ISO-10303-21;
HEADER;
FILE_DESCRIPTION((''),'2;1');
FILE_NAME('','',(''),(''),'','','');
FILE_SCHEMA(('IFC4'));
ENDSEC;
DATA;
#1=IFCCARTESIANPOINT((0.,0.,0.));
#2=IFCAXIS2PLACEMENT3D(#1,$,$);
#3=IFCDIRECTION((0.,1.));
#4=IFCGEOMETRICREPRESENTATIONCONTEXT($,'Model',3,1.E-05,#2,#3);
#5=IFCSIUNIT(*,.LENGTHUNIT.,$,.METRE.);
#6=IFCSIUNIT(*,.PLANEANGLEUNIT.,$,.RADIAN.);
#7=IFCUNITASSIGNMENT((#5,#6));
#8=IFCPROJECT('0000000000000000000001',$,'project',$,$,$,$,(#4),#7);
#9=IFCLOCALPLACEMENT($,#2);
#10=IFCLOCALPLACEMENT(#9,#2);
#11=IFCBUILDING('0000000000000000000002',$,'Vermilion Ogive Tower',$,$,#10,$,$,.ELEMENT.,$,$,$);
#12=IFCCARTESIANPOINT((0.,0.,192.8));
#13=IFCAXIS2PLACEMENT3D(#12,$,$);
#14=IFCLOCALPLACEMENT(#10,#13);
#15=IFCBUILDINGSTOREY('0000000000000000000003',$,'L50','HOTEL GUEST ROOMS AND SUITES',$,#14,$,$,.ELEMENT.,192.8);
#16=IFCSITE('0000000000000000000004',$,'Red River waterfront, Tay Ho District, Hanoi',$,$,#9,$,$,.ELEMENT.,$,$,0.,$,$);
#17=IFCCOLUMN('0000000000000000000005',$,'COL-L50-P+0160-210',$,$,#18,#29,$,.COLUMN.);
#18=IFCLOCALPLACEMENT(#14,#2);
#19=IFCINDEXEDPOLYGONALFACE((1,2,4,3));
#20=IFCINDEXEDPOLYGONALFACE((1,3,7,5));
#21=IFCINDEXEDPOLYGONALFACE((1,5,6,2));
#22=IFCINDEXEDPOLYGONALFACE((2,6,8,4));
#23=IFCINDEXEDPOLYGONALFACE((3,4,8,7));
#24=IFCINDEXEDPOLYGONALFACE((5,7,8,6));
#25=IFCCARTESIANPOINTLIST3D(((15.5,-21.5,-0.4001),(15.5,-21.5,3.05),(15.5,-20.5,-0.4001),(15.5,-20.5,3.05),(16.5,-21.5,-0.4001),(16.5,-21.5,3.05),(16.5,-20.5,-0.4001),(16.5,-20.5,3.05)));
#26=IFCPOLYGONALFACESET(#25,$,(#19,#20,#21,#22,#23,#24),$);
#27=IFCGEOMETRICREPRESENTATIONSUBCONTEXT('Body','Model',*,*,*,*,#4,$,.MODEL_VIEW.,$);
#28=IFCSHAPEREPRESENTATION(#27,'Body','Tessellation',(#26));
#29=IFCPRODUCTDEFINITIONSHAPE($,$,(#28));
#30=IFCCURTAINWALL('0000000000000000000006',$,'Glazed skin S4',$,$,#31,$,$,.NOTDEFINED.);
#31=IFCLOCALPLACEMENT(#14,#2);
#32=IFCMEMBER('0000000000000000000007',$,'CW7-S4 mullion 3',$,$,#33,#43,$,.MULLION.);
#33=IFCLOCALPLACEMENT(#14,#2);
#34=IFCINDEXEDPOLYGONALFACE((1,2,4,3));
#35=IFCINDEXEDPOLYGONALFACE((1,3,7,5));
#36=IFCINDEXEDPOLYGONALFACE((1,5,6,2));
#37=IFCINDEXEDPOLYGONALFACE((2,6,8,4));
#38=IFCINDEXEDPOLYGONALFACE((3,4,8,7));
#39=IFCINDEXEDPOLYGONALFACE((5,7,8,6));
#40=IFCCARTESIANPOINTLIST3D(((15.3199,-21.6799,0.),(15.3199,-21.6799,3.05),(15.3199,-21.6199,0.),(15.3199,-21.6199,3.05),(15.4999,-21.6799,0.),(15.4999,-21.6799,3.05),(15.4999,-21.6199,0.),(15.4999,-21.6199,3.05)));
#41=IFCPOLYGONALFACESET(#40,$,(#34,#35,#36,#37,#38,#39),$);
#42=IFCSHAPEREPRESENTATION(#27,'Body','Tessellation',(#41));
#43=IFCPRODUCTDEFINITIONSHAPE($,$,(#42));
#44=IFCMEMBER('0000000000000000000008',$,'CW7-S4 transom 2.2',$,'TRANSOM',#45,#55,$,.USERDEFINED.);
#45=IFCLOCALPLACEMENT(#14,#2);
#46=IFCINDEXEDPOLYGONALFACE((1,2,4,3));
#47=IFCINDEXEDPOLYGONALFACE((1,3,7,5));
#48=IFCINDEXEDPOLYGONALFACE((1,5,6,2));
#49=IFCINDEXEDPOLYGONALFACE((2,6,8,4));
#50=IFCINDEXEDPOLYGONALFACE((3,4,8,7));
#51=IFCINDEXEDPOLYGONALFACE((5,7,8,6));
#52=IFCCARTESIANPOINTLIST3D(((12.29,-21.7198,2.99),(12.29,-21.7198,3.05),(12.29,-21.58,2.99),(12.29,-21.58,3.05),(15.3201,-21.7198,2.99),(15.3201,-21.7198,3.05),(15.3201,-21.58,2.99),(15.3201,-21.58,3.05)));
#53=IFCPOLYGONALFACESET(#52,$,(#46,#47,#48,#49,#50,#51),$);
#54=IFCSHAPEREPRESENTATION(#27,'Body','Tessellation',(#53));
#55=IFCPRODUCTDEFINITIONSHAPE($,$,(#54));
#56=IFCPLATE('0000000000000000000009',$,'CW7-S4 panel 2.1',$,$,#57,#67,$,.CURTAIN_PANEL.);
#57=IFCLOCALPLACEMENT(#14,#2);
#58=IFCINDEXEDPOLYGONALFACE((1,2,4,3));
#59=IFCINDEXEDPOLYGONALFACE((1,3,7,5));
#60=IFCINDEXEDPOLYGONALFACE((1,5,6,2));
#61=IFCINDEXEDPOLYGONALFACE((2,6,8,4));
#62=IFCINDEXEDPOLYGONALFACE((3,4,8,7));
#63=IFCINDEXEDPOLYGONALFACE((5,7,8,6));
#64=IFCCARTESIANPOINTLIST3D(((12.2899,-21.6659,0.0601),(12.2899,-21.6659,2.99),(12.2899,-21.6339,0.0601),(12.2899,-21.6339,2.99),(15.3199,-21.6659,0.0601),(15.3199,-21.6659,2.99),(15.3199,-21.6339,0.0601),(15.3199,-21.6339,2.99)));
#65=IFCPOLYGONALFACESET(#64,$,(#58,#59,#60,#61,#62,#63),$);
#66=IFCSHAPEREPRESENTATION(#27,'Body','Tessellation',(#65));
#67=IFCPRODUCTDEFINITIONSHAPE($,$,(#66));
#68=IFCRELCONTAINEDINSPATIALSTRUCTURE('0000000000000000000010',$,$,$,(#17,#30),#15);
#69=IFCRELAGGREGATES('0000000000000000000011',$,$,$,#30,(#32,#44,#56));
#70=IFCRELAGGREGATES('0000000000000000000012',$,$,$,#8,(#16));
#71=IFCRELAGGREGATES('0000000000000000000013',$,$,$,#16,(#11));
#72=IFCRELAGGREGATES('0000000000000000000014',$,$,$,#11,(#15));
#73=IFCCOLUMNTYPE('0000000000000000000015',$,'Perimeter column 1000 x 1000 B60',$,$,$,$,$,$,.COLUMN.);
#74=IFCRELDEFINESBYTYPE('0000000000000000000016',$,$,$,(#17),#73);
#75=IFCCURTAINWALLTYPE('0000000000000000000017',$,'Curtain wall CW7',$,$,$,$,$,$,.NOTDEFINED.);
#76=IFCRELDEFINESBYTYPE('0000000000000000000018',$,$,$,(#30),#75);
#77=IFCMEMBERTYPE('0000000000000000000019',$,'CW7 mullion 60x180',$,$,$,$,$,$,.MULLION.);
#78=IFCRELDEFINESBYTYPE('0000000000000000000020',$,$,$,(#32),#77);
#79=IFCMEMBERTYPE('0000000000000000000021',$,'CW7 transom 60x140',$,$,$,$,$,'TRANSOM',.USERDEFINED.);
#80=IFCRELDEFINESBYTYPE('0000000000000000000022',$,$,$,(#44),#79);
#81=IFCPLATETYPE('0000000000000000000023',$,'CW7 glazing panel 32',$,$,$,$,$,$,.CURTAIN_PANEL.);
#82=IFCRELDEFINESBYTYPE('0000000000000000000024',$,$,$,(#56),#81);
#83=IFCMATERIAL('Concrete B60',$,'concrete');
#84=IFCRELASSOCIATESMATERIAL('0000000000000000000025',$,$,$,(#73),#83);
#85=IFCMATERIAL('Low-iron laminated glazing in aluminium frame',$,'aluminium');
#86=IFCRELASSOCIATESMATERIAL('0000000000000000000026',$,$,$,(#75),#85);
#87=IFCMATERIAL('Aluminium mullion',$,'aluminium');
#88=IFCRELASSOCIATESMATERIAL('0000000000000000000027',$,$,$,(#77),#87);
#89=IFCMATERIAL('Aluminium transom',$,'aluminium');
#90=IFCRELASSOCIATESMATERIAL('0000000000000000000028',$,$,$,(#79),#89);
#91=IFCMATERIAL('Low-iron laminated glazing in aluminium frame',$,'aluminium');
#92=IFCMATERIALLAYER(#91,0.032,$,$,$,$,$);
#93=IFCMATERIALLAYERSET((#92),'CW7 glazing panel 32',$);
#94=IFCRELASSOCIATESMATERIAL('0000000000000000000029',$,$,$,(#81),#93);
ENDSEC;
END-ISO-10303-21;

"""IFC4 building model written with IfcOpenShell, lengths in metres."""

from ifc_helpers import new_model, si_unit, direction, frame, origin, origin_2d, place, context, subcontext, project, spatial, rectangle, extrude, material, layer, layer_set, material_profile, profile_set, type_object, element, aggregate, save


model = new_model("IFC4")

# Units and contexts
model_context = context("Model", 3, precision=1e-05, world=origin(), true_north=direction((0.0, 1.0)))
body_context = subcontext(model_context, "Body", "Model", "MODEL_VIEW")
ifc_project = project(units=[si_unit("LENGTHUNIT", "METRE"), si_unit("PLANEANGLEUNIT", "RADIAN")], contexts=[model_context])

# Site, building, storey
site_placement = place(None, origin())
site = spatial("IfcSite", under=ifc_project, at=site_placement, Name="Red River waterfront, Tay Ho District, Hanoi", CompositionType="ELEMENT", RefElevation=0.0)
building_placement = place(site_placement, origin())
building = spatial("IfcBuilding", under=site, at=building_placement, Name="Vermilion Ogive Tower", CompositionType="ELEMENT")
storey_placement = place(building_placement, frame((0.0, 0.0, 192.8)))
storey = spatial("IfcBuildingStorey", under=building, at=storey_placement, Name="L50", Description="HOTEL GUEST ROOMS AND SUITES", CompositionType="ELEMENT", Elevation=192.8)

# Column
ifc_material_1 = material(Name="Concrete B60", Category="concrete")
ifc_material_profile_1 = material_profile(ifc_material_1, rectangle(XDim=1.0, YDim=1.0, at=origin_2d()), Name="1000 x 1000")
ifc_profile_set_1 = profile_set([ifc_material_profile_1], Name="Concrete B60")
column_type = type_object("IfcColumnType", Name="Perimeter column 1000 x 1000 B60", PredefinedType="COLUMN", material=ifc_profile_set_1)
column_placement = place(storey_placement, frame((16.0, -21.0, -0.4001), z_axis=(0.0, 0.0, 1.0), x_axis=(1.0, 0.0, 0.0)))
element("IfcColumn", 1, at=column_placement, inside=storey, type_object=column_type, Name="COL-L50-P+0160-210", PredefinedType="COLUMN", context=body_context, shape_type="SweptSolid", body=[
    extrude(rectangle(XDim=1.0, YDim=1.0, at=origin_2d()), origin(), (0.0, 0.0, 1.0), 3.4502),
])

# Curtain wall, members, plate
ifc_material_2 = material(Name="Low-iron laminated glazing in aluminium frame", Category="aluminium")
curtain_wall_type = type_object("IfcCurtainWallType", Name="Curtain wall CW7", PredefinedType="NOTDEFINED", material=ifc_material_2)
curtain_wall_placement = place(storey_placement, origin())
curtain_wall = element("IfcCurtainWall", 2, at=curtain_wall_placement, inside=storey, type_object=curtain_wall_type, Name="Glazed skin S4", PredefinedType="NOTDEFINED")
ifc_material_3 = material(Name="Aluminium mullion", Category="aluminium")
ifc_material_profile_2 = material_profile(ifc_material_3, rectangle(XDim=0.0601, YDim=0.1799, at=origin_2d()), Name="AL 60x180")
ifc_profile_set_2 = profile_set([ifc_material_profile_2], Name="Aluminium mullion")
member_type_1 = type_object("IfcMemberType", Name="CW7 mullion 60x180", PredefinedType="MULLION", material=ifc_profile_set_2)
member_1_placement = place(storey_placement, frame((15.4099, -21.6499, 0.0), z_axis=(0.0, 0.0, 1.0), x_axis=(0.0, 1.0, 0.0)))
member_1 = element("IfcMember", 3, at=member_1_placement, type_object=member_type_1, Name="CW7-S4 mullion 3", PredefinedType="MULLION", context=body_context, shape_type="SweptSolid", body=[
    extrude(rectangle(XDim=0.0601, YDim=0.1799, at=origin_2d()), origin(), (0.0, 0.0, 1.0), 3.05),
])
ifc_material_4 = material(Name="Aluminium transom", Category="aluminium")
ifc_material_profile_3 = material_profile(ifc_material_4, rectangle(XDim=0.1399, YDim=0.0601, at=origin_2d()), Name="AL 60x140")
ifc_profile_set_3 = profile_set([ifc_material_profile_3], Name="Aluminium transom")
member_type_2 = type_object("IfcMemberType", Name="CW7 transom 60x140", ElementType="TRANSOM", PredefinedType="USERDEFINED", material=ifc_profile_set_3)
member_2_placement = place(storey_placement, frame((12.29, -21.6499, 3.02), z_axis=(1.0, 0.0, 0.0), x_axis=(0.0, 1.0, 0.0)))
member_2 = element("IfcMember", 4, at=member_2_placement, type_object=member_type_2, Name="CW7-S4 transom 2.2", ObjectType="TRANSOM", PredefinedType="USERDEFINED", context=body_context, shape_type="SweptSolid", body=[
    extrude(rectangle(XDim=0.1399, YDim=0.0601, at=origin_2d()), origin(), (0.0, 0.0, 1.0), 3.03),
])
ifc_material_5 = material(Name="Low-iron laminated glazing in aluminium frame", Category="aluminium")
ifc_layer_1 = layer(ifc_material_5, 0.032)
ifc_layer_set_1 = layer_set([ifc_layer_1], Name="CW7 glazing panel 32")
plate_type = type_object("IfcPlateType", Name="CW7 glazing panel 32", PredefinedType="CURTAIN_PANEL", material=ifc_layer_set_1)
plate_placement = place(storey_placement, frame((13.8049, -21.6499, 0.0601), z_axis=(0.0, 0.0, 1.0), x_axis=(1.0, 0.0, 0.0)))
plate = element("IfcPlate", 5, at=plate_placement, type_object=plate_type, Name="CW7-S4 panel 2.1", PredefinedType="CURTAIN_PANEL", context=body_context, shape_type="SweptSolid", body=[
    extrude(rectangle(XDim=3.03, YDim=0.032, at=origin_2d()), origin(), (0.0, 0.0, 1.0), 2.9299),
])
aggregate(curtain_wall, [member_1, member_2, plate])

save(model, "model.ifc")
